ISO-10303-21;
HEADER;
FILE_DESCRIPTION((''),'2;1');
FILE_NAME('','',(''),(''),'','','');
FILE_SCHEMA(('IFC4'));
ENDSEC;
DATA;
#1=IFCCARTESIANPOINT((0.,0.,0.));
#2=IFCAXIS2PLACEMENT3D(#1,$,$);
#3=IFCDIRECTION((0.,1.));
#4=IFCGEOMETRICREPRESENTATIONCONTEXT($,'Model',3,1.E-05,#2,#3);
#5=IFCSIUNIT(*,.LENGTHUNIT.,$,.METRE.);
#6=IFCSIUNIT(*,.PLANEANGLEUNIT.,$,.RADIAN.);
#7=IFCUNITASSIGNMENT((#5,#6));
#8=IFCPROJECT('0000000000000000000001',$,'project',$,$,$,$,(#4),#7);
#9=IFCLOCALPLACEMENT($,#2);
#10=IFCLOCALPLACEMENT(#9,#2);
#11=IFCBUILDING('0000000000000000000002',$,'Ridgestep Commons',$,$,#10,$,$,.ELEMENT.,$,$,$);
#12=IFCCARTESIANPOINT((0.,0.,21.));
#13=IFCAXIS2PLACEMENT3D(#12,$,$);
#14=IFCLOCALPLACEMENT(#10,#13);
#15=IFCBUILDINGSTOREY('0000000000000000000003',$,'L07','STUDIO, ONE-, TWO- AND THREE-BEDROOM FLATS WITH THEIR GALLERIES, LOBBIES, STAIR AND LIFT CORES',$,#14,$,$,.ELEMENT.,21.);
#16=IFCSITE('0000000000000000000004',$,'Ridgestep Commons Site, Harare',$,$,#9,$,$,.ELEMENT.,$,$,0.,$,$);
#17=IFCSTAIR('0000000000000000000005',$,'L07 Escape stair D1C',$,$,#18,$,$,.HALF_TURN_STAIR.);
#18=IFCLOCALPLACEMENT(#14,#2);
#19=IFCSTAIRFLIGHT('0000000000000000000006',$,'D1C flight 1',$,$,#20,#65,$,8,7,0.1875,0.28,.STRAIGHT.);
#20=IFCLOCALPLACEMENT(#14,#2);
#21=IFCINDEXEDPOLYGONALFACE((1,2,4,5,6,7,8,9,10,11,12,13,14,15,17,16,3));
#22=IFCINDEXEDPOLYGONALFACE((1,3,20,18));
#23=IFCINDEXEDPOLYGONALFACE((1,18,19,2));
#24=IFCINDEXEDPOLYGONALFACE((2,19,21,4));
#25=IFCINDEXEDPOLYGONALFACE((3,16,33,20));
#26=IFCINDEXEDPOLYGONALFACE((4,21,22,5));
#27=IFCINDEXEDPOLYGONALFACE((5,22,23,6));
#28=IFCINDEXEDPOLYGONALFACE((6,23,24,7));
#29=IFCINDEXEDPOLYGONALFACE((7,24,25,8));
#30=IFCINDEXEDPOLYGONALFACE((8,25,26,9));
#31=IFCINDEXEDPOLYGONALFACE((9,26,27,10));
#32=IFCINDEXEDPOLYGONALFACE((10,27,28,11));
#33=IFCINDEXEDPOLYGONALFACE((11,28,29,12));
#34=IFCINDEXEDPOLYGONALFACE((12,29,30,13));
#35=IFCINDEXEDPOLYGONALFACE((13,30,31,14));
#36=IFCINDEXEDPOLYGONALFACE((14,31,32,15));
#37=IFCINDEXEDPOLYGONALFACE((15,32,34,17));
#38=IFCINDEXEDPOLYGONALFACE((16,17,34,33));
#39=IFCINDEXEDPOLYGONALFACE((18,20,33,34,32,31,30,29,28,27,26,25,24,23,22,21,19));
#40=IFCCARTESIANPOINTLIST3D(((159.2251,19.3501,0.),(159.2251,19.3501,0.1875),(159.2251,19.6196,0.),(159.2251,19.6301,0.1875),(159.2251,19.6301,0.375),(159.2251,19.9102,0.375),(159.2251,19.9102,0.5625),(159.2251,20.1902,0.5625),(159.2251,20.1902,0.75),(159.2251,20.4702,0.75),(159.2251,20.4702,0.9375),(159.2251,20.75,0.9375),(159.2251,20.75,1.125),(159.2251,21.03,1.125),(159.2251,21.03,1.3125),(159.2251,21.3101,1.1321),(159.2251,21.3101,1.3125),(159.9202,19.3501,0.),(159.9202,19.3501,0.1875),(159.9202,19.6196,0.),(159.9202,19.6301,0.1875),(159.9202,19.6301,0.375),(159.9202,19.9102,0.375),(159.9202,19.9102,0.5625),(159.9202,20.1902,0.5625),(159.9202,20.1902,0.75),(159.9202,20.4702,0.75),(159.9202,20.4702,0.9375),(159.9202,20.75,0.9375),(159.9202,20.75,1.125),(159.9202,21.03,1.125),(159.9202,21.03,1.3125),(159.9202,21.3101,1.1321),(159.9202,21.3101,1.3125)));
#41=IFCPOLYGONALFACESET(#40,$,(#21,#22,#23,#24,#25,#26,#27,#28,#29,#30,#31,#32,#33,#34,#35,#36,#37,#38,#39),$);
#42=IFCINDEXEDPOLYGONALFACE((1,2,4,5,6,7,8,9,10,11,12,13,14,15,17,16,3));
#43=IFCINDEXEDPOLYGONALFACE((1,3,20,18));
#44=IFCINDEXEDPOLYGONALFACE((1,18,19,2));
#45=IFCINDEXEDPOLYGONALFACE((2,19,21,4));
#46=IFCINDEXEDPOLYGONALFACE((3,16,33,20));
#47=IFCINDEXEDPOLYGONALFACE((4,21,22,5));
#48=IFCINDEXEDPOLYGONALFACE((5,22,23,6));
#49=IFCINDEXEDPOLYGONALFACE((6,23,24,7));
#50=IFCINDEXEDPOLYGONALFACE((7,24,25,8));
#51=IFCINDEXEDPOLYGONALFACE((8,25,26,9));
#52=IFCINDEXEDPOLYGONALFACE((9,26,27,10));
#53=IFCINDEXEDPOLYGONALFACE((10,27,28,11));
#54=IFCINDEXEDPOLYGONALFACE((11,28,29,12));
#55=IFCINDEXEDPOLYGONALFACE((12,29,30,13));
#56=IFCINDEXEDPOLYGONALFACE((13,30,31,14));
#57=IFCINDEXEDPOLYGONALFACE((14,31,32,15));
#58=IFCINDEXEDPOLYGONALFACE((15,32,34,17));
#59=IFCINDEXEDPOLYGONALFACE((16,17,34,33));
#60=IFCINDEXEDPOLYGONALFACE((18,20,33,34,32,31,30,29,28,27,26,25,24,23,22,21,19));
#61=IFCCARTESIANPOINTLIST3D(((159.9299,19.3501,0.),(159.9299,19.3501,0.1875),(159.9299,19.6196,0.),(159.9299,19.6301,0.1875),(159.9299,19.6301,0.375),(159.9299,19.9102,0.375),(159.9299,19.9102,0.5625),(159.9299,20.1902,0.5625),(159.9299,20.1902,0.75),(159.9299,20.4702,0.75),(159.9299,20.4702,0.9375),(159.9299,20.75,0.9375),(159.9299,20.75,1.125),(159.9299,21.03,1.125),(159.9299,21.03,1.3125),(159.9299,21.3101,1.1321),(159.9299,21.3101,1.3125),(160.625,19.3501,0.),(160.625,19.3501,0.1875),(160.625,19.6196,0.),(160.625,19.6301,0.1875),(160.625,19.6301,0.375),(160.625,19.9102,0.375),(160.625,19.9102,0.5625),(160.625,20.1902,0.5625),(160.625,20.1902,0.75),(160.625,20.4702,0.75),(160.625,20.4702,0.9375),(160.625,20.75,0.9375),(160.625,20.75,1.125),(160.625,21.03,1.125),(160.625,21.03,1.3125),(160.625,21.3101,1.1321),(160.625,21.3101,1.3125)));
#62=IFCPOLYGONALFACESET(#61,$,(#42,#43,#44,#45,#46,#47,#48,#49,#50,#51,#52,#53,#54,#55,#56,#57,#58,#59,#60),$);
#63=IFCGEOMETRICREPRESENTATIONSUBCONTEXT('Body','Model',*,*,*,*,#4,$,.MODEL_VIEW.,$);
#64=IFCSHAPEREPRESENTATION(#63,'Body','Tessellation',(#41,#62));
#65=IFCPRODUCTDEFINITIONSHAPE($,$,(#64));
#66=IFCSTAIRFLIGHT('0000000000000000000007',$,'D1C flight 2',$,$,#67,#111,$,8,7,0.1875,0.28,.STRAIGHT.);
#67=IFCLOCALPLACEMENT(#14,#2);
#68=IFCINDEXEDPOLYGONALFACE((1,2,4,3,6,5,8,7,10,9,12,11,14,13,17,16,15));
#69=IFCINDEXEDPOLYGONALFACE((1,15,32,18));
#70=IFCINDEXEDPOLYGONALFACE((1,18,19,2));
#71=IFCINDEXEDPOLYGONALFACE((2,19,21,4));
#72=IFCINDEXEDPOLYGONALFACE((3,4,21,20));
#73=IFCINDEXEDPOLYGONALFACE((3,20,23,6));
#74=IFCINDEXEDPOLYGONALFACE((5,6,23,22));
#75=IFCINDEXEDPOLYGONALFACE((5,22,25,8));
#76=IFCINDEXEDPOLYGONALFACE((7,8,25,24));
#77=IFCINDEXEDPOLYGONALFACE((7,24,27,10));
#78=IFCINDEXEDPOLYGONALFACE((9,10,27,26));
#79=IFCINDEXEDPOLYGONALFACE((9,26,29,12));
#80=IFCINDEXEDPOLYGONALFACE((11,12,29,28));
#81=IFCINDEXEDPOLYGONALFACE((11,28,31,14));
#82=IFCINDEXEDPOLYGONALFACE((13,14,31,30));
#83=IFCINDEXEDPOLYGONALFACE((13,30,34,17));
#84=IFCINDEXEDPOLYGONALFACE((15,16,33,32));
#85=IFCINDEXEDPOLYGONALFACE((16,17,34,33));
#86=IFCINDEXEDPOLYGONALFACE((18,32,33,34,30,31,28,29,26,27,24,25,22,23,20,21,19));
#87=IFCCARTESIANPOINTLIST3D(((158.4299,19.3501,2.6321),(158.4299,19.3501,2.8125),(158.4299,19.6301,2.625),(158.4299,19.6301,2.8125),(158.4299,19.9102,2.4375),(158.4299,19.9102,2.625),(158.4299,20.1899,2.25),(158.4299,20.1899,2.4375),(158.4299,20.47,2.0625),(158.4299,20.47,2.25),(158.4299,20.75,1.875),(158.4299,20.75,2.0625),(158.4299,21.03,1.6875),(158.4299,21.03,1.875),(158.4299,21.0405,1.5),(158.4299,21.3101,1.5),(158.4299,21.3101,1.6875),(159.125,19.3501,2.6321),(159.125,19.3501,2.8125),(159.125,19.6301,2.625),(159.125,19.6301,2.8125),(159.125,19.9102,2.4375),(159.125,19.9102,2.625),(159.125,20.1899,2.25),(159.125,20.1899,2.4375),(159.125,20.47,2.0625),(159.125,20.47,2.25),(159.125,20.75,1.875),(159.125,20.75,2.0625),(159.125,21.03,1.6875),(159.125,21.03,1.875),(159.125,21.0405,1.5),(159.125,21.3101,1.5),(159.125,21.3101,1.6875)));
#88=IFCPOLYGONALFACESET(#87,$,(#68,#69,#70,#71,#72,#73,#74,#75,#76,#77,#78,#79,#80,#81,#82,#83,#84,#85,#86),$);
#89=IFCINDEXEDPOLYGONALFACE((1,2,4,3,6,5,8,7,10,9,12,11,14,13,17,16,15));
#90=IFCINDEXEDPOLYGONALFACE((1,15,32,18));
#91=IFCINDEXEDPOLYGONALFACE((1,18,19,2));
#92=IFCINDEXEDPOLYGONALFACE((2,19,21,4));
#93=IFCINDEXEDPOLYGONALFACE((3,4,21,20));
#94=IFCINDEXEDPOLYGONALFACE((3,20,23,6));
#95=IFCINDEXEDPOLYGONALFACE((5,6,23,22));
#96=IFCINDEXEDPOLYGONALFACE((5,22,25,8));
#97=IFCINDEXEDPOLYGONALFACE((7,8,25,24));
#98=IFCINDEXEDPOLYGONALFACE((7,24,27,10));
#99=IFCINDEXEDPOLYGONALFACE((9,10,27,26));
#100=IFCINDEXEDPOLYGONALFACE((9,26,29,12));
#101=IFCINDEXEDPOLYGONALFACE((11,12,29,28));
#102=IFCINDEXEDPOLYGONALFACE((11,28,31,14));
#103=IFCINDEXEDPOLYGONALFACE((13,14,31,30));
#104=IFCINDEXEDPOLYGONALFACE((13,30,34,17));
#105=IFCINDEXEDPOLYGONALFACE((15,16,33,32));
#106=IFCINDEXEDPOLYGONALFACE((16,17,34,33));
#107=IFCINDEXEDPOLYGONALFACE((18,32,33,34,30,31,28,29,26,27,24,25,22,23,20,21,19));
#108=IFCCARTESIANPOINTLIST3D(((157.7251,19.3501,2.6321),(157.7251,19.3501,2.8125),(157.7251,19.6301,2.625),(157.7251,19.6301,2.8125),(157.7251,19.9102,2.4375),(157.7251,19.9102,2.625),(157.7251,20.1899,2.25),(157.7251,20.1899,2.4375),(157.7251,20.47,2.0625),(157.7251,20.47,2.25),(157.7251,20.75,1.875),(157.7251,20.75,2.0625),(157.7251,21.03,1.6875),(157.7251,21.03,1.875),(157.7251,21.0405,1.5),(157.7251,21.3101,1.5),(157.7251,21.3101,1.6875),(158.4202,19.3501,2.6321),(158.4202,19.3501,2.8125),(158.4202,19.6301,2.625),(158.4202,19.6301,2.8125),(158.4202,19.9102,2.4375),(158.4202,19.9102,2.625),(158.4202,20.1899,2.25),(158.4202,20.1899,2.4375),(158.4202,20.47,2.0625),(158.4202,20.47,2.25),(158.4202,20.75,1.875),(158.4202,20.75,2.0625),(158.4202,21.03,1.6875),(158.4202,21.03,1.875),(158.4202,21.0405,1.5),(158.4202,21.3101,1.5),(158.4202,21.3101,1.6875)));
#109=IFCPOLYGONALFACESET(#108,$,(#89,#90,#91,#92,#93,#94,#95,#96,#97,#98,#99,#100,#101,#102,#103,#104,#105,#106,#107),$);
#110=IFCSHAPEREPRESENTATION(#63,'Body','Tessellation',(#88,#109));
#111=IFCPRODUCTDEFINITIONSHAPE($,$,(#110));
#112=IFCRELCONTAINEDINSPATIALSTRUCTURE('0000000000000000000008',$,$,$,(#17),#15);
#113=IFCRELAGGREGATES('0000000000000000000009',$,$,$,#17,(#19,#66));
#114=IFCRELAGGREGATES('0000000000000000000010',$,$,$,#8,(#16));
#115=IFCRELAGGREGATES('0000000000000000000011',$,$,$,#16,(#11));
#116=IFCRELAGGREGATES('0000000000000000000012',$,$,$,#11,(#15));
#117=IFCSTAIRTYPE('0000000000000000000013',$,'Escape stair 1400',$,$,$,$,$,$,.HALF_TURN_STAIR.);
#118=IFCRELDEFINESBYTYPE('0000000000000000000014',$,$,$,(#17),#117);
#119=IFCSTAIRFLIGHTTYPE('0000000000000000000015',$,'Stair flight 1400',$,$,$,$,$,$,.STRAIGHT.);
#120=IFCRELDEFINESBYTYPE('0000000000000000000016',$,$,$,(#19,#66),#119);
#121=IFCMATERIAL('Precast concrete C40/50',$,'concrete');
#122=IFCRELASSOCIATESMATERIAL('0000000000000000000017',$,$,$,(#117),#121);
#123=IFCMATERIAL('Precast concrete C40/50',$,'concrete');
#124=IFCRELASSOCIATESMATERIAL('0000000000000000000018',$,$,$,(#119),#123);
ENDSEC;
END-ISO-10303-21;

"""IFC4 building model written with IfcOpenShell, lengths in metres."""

from ifc_helpers import new_model, si_unit, direction, frame, origin, place, context, subcontext, project, spatial, polyline, outline, extrude, material, type_object, element, aggregate, save


model = new_model("IFC4")

# Units and contexts
model_context = context("Model", 3, precision=1e-05, world=origin(), true_north=direction((0.0, 1.0)))
body_context = subcontext(model_context, "Body", "Model", "MODEL_VIEW")
ifc_project = project(units=[si_unit("LENGTHUNIT", "METRE"), si_unit("PLANEANGLEUNIT", "RADIAN")], contexts=[model_context])

# Site, building, storey
site_placement = place(None, origin())
site = spatial("IfcSite", under=ifc_project, at=site_placement, Name="Ridgestep Commons Site, Harare", CompositionType="ELEMENT", RefElevation=0.0)
building_placement = place(site_placement, origin())
building = spatial("IfcBuilding", under=site, at=building_placement, Name="Ridgestep Commons", CompositionType="ELEMENT")
storey_placement = place(building_placement, frame((0.0, 0.0, 21.0)))
storey = spatial("IfcBuildingStorey", under=building, at=storey_placement, Name="L07", Description="STUDIO, ONE-, TWO- AND THREE-BEDROOM FLATS WITH THEIR GALLERIES, LOBBIES, STAIR AND LIFT CORES", CompositionType="ELEMENT", Elevation=21.0)

# Stair, stair flights
ifc_material_1 = material(Name="Precast concrete C40/50", Category="concrete")
stair_type = type_object("IfcStairType", Name="Escape stair 1400", PredefinedType="HALF_TURN_STAIR", material=ifc_material_1)
stair_placement = place(storey_placement, origin())
stair = element("IfcStair", 1, at=stair_placement, inside=storey, type_object=stair_type, Name="L07 Escape stair D1C", PredefinedType="HALF_TURN_STAIR")
ifc_material_2 = material(Name="Precast concrete C40/50", Category="concrete")
stair_flight_type = type_object("IfcStairFlightType", Name="Stair flight 1400", PredefinedType="STRAIGHT", material=ifc_material_2)
stair_flight_1_placement = place(storey_placement, frame((159.925, 19.3501, 0.0), z_axis=(0.0, 0.0, 1.0), x_axis=(0.0, 1.0, 0.0)))
stair_flight_1 = element("IfcStairFlight", 2, at=stair_flight_1_placement, type_object=stair_flight_type, Name="D1C flight 1", NumberOfRisers=8, NumberOfTreads=7, PredefinedType="STRAIGHT", RiserHeight=0.1875, TreadLength=0.28, context=body_context, shape_type="SweptSolid", body=[
    extrude(outline(polyline([(0.0, 0.0), (0.0, 0.1875), (0.28, 0.1875), (0.28, 0.375), (0.5601, 0.375), (0.5601, 0.5625), (0.8401, 0.5625), (0.8401, 0.75), (1.1201, 0.75), (1.1201, 0.9375), (1.3999, 0.9375), (1.3999, 1.125), (1.6799, 1.125), (1.6799, 1.3125), (1.96, 1.3125), (1.96, 1.5), (1.96, 1.1321), (0.2695, 0.0), (0.0, 0.0)])), frame((0.0, 0.7, 0.0), z_axis=(0.0, -1.0, 0.0), x_axis=(1.0, 0.0, 0.0)), (0.0, 0.0, 1.0), 0.6951),
    extrude(outline(polyline([(0.0, 0.0), (0.0, 0.1875), (0.28, 0.1875), (0.28, 0.375), (0.5601, 0.375), (0.5601, 0.5625), (0.8401, 0.5625), (0.8401, 0.75), (1.1201, 0.75), (1.1201, 0.9375), (1.3999, 0.9375), (1.3999, 1.125), (1.6799, 1.125), (1.6799, 1.3125), (1.96, 1.3125), (1.96, 1.5), (1.96, 1.1321), (0.2695, 0.0), (0.0, 0.0)])), frame((0.0, -0.0049, 0.0), z_axis=(0.0, -1.0, 0.0), x_axis=(1.0, 0.0, 0.0)), (0.0, 0.0, 1.0), 0.6951),
])
stair_flight_2_placement = place(storey_placement, frame((158.425, 21.3101, 1.5), z_axis=(0.0, 0.0, 1.0), x_axis=(0.0, -1.0, 0.0)))
stair_flight_2 = element("IfcStairFlight", 3, at=stair_flight_2_placement, type_object=stair_flight_type, Name="D1C flight 2", NumberOfRisers=8, NumberOfTreads=7, PredefinedType="STRAIGHT", RiserHeight=0.1875, TreadLength=0.28, context=body_context, shape_type="SweptSolid", body=[
    extrude(outline(polyline([(0.0, 0.0), (0.0, 0.1875), (0.28, 0.1875), (0.28, 0.375), (0.5601, 0.375), (0.5601, 0.5625), (0.8401, 0.5625), (0.8401, 0.75), (1.1201, 0.75), (1.1201, 0.9375), (1.3999, 0.9375), (1.3999, 1.125), (1.6799, 1.125), (1.6799, 1.3125), (1.96, 1.3125), (1.96, 1.5), (1.96, 1.1321), (0.2695, 0.0), (0.0, 0.0)])), frame((0.0, 0.7, 0.0), z_axis=(0.0, -1.0, 0.0), x_axis=(1.0, 0.0, 0.0)), (0.0, 0.0, 1.0), 0.6951),
    extrude(outline(polyline([(0.0, 0.0), (0.0, 0.1875), (0.28, 0.1875), (0.28, 0.375), (0.5601, 0.375), (0.5601, 0.5625), (0.8401, 0.5625), (0.8401, 0.75), (1.1201, 0.75), (1.1201, 0.9375), (1.3999, 0.9375), (1.3999, 1.125), (1.6799, 1.125), (1.6799, 1.3125), (1.96, 1.3125), (1.96, 1.5), (1.96, 1.1321), (0.2695, 0.0), (0.0, 0.0)])), frame((0.0, -0.0049, 0.0), z_axis=(0.0, -1.0, 0.0), x_axis=(1.0, 0.0, 0.0)), (0.0, 0.0, 1.0), 0.6951),
])
aggregate(stair, [stair_flight_1, stair_flight_2])

save(model, "model.ifc")
